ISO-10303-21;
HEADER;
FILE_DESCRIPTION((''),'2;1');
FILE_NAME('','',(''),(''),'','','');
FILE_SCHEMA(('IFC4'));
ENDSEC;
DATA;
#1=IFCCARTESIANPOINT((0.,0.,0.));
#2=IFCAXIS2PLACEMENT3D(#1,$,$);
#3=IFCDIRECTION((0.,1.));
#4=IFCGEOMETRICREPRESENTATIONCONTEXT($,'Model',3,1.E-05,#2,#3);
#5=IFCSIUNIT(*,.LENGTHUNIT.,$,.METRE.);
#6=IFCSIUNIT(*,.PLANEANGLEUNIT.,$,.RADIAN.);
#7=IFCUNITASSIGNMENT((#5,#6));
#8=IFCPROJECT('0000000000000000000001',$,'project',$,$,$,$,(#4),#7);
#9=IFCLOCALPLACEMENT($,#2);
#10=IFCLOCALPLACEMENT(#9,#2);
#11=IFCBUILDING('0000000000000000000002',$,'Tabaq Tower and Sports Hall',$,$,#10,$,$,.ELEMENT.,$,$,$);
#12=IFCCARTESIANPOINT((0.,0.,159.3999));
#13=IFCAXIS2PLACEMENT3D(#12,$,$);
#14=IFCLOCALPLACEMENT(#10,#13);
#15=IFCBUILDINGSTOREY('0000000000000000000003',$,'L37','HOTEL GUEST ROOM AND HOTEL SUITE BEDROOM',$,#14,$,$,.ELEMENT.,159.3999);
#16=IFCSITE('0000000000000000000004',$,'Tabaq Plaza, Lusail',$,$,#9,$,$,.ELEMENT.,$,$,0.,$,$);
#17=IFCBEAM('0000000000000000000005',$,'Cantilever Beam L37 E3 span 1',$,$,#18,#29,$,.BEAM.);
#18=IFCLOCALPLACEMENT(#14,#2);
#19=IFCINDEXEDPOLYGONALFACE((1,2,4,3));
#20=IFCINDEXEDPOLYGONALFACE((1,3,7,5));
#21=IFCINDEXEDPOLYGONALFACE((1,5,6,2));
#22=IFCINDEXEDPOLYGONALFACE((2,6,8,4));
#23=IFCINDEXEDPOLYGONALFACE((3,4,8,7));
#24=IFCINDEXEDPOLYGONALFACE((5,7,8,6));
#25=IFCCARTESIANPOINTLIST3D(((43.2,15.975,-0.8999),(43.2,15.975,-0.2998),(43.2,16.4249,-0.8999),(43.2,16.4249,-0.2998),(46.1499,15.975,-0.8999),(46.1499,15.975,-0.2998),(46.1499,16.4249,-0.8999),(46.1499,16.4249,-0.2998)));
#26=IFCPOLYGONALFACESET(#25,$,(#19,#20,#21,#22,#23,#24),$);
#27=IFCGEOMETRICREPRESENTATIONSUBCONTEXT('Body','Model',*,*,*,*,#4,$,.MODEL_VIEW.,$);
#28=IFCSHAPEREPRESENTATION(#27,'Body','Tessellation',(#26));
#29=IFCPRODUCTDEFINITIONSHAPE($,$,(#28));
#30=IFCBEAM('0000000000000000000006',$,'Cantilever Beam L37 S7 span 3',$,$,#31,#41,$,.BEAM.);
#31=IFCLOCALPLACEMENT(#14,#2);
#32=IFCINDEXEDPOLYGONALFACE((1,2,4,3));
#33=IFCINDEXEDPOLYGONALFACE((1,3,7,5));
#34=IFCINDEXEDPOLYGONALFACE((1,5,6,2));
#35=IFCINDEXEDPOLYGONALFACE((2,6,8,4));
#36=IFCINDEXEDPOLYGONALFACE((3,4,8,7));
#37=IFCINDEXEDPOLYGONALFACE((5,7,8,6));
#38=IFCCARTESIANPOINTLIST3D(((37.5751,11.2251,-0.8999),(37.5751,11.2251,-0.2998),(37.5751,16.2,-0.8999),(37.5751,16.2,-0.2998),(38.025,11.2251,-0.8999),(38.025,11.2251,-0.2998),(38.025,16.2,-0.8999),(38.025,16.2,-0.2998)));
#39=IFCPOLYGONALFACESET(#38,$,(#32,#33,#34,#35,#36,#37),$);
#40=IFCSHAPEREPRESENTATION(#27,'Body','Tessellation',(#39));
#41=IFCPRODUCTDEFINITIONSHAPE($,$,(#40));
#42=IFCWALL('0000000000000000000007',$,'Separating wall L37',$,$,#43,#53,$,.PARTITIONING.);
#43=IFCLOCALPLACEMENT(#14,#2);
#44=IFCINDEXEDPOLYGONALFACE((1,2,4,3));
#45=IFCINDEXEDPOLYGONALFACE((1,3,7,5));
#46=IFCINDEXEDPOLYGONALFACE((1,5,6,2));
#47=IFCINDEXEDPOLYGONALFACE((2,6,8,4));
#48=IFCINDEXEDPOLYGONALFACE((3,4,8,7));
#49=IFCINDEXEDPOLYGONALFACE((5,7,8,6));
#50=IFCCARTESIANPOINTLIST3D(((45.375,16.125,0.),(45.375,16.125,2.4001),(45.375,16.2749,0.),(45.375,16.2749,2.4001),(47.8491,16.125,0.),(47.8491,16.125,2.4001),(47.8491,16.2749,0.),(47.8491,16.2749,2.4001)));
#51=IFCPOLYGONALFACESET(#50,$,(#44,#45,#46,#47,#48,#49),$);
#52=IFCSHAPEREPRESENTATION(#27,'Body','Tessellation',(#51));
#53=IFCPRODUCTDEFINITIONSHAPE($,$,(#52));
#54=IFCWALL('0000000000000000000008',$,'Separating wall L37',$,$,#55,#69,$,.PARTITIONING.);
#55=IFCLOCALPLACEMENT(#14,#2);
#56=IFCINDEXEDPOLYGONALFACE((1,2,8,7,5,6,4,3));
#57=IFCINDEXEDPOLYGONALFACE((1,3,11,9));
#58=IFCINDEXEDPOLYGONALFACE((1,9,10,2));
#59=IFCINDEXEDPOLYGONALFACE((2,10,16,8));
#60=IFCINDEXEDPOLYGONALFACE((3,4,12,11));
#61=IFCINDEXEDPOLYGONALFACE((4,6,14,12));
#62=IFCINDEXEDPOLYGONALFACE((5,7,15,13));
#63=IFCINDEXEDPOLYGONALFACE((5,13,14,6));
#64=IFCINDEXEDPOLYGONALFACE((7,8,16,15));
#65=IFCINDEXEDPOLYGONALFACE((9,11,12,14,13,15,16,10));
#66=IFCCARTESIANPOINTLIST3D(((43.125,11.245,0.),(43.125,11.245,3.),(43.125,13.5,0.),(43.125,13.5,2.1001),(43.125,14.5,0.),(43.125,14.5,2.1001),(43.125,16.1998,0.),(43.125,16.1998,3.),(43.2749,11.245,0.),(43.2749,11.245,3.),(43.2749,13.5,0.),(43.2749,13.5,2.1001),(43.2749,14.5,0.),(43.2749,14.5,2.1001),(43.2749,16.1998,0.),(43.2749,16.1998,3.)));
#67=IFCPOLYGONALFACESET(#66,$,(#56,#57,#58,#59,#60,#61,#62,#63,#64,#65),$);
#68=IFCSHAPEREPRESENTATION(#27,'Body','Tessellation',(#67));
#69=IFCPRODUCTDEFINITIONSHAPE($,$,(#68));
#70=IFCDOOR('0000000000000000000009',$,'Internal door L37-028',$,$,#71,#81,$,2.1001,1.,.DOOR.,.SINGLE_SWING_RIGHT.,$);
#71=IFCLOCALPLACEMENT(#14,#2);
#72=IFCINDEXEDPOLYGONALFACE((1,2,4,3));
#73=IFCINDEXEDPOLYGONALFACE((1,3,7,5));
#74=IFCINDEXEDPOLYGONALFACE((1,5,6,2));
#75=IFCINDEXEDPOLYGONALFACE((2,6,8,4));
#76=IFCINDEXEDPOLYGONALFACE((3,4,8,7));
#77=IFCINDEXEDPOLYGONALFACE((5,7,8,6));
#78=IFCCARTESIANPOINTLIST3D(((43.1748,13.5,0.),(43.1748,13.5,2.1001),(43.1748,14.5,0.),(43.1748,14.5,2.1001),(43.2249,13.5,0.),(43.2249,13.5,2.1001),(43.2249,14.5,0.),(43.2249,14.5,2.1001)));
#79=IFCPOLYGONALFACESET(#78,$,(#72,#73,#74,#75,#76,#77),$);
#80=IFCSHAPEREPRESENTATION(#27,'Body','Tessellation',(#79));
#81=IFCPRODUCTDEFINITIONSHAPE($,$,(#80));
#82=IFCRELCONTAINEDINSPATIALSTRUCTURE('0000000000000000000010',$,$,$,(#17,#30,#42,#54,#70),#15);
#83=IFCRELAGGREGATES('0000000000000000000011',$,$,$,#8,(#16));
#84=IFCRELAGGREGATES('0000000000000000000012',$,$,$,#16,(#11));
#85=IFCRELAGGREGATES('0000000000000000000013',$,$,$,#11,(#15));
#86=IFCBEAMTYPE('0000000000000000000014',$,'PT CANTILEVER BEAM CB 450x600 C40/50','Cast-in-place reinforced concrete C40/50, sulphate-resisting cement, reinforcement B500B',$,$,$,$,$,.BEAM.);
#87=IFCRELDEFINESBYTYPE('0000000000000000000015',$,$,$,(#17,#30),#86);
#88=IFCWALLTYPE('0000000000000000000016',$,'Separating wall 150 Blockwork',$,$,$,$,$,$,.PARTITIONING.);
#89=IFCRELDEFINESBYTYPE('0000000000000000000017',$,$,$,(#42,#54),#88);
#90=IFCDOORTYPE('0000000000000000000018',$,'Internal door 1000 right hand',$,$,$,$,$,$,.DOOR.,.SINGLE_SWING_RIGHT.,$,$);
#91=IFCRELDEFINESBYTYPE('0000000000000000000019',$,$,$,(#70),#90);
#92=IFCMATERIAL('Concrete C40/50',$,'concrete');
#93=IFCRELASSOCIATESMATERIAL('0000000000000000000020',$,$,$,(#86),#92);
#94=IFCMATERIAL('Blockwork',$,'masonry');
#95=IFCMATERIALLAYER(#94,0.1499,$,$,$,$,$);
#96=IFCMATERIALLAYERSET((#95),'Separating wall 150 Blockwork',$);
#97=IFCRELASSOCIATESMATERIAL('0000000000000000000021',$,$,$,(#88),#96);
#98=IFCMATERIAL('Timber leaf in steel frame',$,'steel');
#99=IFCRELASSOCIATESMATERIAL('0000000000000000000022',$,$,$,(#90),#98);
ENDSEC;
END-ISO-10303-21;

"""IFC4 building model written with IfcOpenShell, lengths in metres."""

from ifc_helpers import new_model, si_unit, direction, frame, frame_2d, origin, origin_2d, place, context, subcontext, project, spatial, rectangle, extrude, material, layer, layer_set, material_profile, profile_set, type_object, element, fill, save


model = new_model("IFC4")

# Units and contexts
model_context = context("Model", 3, precision=1e-05, world=origin(), true_north=direction((0.0, 1.0)))
body_context = subcontext(model_context, "Body", "Model", "MODEL_VIEW")
ifc_project = project(units=[si_unit("LENGTHUNIT", "METRE"), si_unit("PLANEANGLEUNIT", "RADIAN")], contexts=[model_context])

# Site, building, storey
site_placement = place(None, origin())
site = spatial("IfcSite", under=ifc_project, at=site_placement, Name="Tabaq Plaza, Lusail", CompositionType="ELEMENT", RefElevation=0.0)
building_placement = place(site_placement, origin())
building = spatial("IfcBuilding", under=site, at=building_placement, Name="Tabaq Tower and Sports Hall", CompositionType="ELEMENT")
storey_placement = place(building_placement, frame((0.0, 0.0, 159.3999)))
storey = spatial("IfcBuildingStorey", under=building, at=storey_placement, Name="L37", Description="HOTEL GUEST ROOM AND HOTEL SUITE BEDROOM", CompositionType="ELEMENT", Elevation=159.3999)

# Beams
ifc_material_1 = material(Name="Concrete C40/50", Category="concrete")
ifc_material_profile = material_profile(ifc_material_1, rectangle(XDim=0.45, YDim=0.6001, at=origin_2d()), Name="CB 450x600")
ifc_profile_set = profile_set([ifc_material_profile], Name="Concrete C40/50")
beam_type = type_object("IfcBeamType", Name="PT CANTILEVER BEAM CB 450x600 C40/50", Description="Cast-in-place reinforced concrete C40/50, sulphate-resisting cement, reinforcement B500B", PredefinedType="BEAM", material=ifc_profile_set)
beam_1_placement = place(storey_placement, frame((46.1499, 16.2, -0.5999), z_axis=(-1.0, 0.0, 0.0), x_axis=(0.0, -1.0, 0.0)))
element("IfcBeam", 1, at=beam_1_placement, inside=storey, type_object=beam_type, Name="Cantilever Beam L37 E3 span 1", PredefinedType="BEAM", context=body_context, shape_type="SweptSolid", body=[
    extrude(rectangle(XDim=0.45, YDim=0.6001, at=origin_2d()), origin(), (0.0, 0.0, 1.0), 2.95),
])
beam_2_placement = place(storey_placement, frame((37.8, 11.2251, -0.5999), z_axis=(0.0, 1.0, 0.0), x_axis=(-1.0, 0.0, 0.0)))
element("IfcBeam", 2, at=beam_2_placement, inside=storey, type_object=beam_type, Name="Cantilever Beam L37 S7 span 3", PredefinedType="BEAM", context=body_context, shape_type="SweptSolid", body=[
    extrude(rectangle(XDim=0.45, YDim=0.6001, at=origin_2d()), origin(), (0.0, 0.0, 1.0), 4.9749),
])

# Wall
ifc_material_2 = material(Name="Blockwork", Category="masonry")
ifc_layer_1 = layer(ifc_material_2, 0.1499)
ifc_layer_set_1 = layer_set([ifc_layer_1], Name="Separating wall 150 Blockwork")
wall_type_1 = type_object("IfcWallType", Name="Separating wall 150 Blockwork", PredefinedType="PARTITIONING", material=ifc_layer_set_1)
wall_1_placement = place(storey_placement, frame((47.8491, 16.2, 0.0), z_axis=(0.0, 0.0, 1.0), x_axis=(-1.0, 0.0, 0.0)))
element("IfcWall", 3, at=wall_1_placement, inside=storey, type_object=wall_type_1, Name="Separating wall L37", PredefinedType="PARTITIONING", context=body_context, shape_type="SweptSolid", body=[
    extrude(rectangle(XDim=2.4741, YDim=0.1499, at=frame_2d((1.2371, 0.0))), origin(), (0.0, 0.0, 1.0), 2.4001),
])

# Wall, opening, door
wall_2_placement = place(storey_placement, frame((43.2, 16.2, 0.0), z_axis=(0.0, 0.0, 1.0), x_axis=(0.0, -1.0, 0.0)))
wall_2 = element("IfcWall", 4, at=wall_2_placement, inside=storey, type_object=wall_type_1, Name="Separating wall L37", PredefinedType="PARTITIONING", context=body_context, shape_type="SweptSolid", body=[
    extrude(rectangle(XDim=4.9548, YDim=0.1499, at=frame_2d((2.4775, 0.0))), origin(), (0.0, 0.0, 1.0), 3.0),
])
opening_1_placement = place(wall_2_placement, frame((1.7, 0.0, 0.0)))
opening_1 = element("IfcOpeningElement", 5, at=opening_1_placement, cuts=wall_2, PredefinedType="OPENING", context=body_context, shape_type="SweptSolid", body=[
    extrude(rectangle(XDim=1.0, YDim=2.1001, at=frame_2d((0.5, 1.05))), frame((0.0, 0.075, 0.0), z_axis=(0.0, -1.0, 0.0), x_axis=(1.0, 0.0, 0.0)), (0.0, 0.0, 1.0), 0.1499),
])
ifc_material_3 = material(Name="Timber leaf in steel frame", Category="steel")
door_type_1 = type_object("IfcDoorType", Name="Internal door 1000 right hand", OperationType="SINGLE_SWING_RIGHT", PredefinedType="DOOR", material=ifc_material_3)
door_1_placement = place(opening_1_placement, origin())
door_1 = element("IfcDoor", 6, at=door_1_placement, inside=storey, type_object=door_type_1, Name="Internal door L37-028", OperationType="SINGLE_SWING_RIGHT", OverallHeight=2.1001, OverallWidth=1.0, PredefinedType="DOOR", context=body_context, shape_type="SweptSolid", body=[
    extrude(rectangle(XDim=1.0, YDim=2.1001, at=frame_2d((0.5, 1.05))), frame((0.0, 0.0249, 0.0), z_axis=(0.0, -1.0, 0.0), x_axis=(1.0, 0.0, 0.0)), (0.0, 0.0, 1.0), 0.05),
])
fill(opening_1, door_1)

save(model, "model.ifc")
